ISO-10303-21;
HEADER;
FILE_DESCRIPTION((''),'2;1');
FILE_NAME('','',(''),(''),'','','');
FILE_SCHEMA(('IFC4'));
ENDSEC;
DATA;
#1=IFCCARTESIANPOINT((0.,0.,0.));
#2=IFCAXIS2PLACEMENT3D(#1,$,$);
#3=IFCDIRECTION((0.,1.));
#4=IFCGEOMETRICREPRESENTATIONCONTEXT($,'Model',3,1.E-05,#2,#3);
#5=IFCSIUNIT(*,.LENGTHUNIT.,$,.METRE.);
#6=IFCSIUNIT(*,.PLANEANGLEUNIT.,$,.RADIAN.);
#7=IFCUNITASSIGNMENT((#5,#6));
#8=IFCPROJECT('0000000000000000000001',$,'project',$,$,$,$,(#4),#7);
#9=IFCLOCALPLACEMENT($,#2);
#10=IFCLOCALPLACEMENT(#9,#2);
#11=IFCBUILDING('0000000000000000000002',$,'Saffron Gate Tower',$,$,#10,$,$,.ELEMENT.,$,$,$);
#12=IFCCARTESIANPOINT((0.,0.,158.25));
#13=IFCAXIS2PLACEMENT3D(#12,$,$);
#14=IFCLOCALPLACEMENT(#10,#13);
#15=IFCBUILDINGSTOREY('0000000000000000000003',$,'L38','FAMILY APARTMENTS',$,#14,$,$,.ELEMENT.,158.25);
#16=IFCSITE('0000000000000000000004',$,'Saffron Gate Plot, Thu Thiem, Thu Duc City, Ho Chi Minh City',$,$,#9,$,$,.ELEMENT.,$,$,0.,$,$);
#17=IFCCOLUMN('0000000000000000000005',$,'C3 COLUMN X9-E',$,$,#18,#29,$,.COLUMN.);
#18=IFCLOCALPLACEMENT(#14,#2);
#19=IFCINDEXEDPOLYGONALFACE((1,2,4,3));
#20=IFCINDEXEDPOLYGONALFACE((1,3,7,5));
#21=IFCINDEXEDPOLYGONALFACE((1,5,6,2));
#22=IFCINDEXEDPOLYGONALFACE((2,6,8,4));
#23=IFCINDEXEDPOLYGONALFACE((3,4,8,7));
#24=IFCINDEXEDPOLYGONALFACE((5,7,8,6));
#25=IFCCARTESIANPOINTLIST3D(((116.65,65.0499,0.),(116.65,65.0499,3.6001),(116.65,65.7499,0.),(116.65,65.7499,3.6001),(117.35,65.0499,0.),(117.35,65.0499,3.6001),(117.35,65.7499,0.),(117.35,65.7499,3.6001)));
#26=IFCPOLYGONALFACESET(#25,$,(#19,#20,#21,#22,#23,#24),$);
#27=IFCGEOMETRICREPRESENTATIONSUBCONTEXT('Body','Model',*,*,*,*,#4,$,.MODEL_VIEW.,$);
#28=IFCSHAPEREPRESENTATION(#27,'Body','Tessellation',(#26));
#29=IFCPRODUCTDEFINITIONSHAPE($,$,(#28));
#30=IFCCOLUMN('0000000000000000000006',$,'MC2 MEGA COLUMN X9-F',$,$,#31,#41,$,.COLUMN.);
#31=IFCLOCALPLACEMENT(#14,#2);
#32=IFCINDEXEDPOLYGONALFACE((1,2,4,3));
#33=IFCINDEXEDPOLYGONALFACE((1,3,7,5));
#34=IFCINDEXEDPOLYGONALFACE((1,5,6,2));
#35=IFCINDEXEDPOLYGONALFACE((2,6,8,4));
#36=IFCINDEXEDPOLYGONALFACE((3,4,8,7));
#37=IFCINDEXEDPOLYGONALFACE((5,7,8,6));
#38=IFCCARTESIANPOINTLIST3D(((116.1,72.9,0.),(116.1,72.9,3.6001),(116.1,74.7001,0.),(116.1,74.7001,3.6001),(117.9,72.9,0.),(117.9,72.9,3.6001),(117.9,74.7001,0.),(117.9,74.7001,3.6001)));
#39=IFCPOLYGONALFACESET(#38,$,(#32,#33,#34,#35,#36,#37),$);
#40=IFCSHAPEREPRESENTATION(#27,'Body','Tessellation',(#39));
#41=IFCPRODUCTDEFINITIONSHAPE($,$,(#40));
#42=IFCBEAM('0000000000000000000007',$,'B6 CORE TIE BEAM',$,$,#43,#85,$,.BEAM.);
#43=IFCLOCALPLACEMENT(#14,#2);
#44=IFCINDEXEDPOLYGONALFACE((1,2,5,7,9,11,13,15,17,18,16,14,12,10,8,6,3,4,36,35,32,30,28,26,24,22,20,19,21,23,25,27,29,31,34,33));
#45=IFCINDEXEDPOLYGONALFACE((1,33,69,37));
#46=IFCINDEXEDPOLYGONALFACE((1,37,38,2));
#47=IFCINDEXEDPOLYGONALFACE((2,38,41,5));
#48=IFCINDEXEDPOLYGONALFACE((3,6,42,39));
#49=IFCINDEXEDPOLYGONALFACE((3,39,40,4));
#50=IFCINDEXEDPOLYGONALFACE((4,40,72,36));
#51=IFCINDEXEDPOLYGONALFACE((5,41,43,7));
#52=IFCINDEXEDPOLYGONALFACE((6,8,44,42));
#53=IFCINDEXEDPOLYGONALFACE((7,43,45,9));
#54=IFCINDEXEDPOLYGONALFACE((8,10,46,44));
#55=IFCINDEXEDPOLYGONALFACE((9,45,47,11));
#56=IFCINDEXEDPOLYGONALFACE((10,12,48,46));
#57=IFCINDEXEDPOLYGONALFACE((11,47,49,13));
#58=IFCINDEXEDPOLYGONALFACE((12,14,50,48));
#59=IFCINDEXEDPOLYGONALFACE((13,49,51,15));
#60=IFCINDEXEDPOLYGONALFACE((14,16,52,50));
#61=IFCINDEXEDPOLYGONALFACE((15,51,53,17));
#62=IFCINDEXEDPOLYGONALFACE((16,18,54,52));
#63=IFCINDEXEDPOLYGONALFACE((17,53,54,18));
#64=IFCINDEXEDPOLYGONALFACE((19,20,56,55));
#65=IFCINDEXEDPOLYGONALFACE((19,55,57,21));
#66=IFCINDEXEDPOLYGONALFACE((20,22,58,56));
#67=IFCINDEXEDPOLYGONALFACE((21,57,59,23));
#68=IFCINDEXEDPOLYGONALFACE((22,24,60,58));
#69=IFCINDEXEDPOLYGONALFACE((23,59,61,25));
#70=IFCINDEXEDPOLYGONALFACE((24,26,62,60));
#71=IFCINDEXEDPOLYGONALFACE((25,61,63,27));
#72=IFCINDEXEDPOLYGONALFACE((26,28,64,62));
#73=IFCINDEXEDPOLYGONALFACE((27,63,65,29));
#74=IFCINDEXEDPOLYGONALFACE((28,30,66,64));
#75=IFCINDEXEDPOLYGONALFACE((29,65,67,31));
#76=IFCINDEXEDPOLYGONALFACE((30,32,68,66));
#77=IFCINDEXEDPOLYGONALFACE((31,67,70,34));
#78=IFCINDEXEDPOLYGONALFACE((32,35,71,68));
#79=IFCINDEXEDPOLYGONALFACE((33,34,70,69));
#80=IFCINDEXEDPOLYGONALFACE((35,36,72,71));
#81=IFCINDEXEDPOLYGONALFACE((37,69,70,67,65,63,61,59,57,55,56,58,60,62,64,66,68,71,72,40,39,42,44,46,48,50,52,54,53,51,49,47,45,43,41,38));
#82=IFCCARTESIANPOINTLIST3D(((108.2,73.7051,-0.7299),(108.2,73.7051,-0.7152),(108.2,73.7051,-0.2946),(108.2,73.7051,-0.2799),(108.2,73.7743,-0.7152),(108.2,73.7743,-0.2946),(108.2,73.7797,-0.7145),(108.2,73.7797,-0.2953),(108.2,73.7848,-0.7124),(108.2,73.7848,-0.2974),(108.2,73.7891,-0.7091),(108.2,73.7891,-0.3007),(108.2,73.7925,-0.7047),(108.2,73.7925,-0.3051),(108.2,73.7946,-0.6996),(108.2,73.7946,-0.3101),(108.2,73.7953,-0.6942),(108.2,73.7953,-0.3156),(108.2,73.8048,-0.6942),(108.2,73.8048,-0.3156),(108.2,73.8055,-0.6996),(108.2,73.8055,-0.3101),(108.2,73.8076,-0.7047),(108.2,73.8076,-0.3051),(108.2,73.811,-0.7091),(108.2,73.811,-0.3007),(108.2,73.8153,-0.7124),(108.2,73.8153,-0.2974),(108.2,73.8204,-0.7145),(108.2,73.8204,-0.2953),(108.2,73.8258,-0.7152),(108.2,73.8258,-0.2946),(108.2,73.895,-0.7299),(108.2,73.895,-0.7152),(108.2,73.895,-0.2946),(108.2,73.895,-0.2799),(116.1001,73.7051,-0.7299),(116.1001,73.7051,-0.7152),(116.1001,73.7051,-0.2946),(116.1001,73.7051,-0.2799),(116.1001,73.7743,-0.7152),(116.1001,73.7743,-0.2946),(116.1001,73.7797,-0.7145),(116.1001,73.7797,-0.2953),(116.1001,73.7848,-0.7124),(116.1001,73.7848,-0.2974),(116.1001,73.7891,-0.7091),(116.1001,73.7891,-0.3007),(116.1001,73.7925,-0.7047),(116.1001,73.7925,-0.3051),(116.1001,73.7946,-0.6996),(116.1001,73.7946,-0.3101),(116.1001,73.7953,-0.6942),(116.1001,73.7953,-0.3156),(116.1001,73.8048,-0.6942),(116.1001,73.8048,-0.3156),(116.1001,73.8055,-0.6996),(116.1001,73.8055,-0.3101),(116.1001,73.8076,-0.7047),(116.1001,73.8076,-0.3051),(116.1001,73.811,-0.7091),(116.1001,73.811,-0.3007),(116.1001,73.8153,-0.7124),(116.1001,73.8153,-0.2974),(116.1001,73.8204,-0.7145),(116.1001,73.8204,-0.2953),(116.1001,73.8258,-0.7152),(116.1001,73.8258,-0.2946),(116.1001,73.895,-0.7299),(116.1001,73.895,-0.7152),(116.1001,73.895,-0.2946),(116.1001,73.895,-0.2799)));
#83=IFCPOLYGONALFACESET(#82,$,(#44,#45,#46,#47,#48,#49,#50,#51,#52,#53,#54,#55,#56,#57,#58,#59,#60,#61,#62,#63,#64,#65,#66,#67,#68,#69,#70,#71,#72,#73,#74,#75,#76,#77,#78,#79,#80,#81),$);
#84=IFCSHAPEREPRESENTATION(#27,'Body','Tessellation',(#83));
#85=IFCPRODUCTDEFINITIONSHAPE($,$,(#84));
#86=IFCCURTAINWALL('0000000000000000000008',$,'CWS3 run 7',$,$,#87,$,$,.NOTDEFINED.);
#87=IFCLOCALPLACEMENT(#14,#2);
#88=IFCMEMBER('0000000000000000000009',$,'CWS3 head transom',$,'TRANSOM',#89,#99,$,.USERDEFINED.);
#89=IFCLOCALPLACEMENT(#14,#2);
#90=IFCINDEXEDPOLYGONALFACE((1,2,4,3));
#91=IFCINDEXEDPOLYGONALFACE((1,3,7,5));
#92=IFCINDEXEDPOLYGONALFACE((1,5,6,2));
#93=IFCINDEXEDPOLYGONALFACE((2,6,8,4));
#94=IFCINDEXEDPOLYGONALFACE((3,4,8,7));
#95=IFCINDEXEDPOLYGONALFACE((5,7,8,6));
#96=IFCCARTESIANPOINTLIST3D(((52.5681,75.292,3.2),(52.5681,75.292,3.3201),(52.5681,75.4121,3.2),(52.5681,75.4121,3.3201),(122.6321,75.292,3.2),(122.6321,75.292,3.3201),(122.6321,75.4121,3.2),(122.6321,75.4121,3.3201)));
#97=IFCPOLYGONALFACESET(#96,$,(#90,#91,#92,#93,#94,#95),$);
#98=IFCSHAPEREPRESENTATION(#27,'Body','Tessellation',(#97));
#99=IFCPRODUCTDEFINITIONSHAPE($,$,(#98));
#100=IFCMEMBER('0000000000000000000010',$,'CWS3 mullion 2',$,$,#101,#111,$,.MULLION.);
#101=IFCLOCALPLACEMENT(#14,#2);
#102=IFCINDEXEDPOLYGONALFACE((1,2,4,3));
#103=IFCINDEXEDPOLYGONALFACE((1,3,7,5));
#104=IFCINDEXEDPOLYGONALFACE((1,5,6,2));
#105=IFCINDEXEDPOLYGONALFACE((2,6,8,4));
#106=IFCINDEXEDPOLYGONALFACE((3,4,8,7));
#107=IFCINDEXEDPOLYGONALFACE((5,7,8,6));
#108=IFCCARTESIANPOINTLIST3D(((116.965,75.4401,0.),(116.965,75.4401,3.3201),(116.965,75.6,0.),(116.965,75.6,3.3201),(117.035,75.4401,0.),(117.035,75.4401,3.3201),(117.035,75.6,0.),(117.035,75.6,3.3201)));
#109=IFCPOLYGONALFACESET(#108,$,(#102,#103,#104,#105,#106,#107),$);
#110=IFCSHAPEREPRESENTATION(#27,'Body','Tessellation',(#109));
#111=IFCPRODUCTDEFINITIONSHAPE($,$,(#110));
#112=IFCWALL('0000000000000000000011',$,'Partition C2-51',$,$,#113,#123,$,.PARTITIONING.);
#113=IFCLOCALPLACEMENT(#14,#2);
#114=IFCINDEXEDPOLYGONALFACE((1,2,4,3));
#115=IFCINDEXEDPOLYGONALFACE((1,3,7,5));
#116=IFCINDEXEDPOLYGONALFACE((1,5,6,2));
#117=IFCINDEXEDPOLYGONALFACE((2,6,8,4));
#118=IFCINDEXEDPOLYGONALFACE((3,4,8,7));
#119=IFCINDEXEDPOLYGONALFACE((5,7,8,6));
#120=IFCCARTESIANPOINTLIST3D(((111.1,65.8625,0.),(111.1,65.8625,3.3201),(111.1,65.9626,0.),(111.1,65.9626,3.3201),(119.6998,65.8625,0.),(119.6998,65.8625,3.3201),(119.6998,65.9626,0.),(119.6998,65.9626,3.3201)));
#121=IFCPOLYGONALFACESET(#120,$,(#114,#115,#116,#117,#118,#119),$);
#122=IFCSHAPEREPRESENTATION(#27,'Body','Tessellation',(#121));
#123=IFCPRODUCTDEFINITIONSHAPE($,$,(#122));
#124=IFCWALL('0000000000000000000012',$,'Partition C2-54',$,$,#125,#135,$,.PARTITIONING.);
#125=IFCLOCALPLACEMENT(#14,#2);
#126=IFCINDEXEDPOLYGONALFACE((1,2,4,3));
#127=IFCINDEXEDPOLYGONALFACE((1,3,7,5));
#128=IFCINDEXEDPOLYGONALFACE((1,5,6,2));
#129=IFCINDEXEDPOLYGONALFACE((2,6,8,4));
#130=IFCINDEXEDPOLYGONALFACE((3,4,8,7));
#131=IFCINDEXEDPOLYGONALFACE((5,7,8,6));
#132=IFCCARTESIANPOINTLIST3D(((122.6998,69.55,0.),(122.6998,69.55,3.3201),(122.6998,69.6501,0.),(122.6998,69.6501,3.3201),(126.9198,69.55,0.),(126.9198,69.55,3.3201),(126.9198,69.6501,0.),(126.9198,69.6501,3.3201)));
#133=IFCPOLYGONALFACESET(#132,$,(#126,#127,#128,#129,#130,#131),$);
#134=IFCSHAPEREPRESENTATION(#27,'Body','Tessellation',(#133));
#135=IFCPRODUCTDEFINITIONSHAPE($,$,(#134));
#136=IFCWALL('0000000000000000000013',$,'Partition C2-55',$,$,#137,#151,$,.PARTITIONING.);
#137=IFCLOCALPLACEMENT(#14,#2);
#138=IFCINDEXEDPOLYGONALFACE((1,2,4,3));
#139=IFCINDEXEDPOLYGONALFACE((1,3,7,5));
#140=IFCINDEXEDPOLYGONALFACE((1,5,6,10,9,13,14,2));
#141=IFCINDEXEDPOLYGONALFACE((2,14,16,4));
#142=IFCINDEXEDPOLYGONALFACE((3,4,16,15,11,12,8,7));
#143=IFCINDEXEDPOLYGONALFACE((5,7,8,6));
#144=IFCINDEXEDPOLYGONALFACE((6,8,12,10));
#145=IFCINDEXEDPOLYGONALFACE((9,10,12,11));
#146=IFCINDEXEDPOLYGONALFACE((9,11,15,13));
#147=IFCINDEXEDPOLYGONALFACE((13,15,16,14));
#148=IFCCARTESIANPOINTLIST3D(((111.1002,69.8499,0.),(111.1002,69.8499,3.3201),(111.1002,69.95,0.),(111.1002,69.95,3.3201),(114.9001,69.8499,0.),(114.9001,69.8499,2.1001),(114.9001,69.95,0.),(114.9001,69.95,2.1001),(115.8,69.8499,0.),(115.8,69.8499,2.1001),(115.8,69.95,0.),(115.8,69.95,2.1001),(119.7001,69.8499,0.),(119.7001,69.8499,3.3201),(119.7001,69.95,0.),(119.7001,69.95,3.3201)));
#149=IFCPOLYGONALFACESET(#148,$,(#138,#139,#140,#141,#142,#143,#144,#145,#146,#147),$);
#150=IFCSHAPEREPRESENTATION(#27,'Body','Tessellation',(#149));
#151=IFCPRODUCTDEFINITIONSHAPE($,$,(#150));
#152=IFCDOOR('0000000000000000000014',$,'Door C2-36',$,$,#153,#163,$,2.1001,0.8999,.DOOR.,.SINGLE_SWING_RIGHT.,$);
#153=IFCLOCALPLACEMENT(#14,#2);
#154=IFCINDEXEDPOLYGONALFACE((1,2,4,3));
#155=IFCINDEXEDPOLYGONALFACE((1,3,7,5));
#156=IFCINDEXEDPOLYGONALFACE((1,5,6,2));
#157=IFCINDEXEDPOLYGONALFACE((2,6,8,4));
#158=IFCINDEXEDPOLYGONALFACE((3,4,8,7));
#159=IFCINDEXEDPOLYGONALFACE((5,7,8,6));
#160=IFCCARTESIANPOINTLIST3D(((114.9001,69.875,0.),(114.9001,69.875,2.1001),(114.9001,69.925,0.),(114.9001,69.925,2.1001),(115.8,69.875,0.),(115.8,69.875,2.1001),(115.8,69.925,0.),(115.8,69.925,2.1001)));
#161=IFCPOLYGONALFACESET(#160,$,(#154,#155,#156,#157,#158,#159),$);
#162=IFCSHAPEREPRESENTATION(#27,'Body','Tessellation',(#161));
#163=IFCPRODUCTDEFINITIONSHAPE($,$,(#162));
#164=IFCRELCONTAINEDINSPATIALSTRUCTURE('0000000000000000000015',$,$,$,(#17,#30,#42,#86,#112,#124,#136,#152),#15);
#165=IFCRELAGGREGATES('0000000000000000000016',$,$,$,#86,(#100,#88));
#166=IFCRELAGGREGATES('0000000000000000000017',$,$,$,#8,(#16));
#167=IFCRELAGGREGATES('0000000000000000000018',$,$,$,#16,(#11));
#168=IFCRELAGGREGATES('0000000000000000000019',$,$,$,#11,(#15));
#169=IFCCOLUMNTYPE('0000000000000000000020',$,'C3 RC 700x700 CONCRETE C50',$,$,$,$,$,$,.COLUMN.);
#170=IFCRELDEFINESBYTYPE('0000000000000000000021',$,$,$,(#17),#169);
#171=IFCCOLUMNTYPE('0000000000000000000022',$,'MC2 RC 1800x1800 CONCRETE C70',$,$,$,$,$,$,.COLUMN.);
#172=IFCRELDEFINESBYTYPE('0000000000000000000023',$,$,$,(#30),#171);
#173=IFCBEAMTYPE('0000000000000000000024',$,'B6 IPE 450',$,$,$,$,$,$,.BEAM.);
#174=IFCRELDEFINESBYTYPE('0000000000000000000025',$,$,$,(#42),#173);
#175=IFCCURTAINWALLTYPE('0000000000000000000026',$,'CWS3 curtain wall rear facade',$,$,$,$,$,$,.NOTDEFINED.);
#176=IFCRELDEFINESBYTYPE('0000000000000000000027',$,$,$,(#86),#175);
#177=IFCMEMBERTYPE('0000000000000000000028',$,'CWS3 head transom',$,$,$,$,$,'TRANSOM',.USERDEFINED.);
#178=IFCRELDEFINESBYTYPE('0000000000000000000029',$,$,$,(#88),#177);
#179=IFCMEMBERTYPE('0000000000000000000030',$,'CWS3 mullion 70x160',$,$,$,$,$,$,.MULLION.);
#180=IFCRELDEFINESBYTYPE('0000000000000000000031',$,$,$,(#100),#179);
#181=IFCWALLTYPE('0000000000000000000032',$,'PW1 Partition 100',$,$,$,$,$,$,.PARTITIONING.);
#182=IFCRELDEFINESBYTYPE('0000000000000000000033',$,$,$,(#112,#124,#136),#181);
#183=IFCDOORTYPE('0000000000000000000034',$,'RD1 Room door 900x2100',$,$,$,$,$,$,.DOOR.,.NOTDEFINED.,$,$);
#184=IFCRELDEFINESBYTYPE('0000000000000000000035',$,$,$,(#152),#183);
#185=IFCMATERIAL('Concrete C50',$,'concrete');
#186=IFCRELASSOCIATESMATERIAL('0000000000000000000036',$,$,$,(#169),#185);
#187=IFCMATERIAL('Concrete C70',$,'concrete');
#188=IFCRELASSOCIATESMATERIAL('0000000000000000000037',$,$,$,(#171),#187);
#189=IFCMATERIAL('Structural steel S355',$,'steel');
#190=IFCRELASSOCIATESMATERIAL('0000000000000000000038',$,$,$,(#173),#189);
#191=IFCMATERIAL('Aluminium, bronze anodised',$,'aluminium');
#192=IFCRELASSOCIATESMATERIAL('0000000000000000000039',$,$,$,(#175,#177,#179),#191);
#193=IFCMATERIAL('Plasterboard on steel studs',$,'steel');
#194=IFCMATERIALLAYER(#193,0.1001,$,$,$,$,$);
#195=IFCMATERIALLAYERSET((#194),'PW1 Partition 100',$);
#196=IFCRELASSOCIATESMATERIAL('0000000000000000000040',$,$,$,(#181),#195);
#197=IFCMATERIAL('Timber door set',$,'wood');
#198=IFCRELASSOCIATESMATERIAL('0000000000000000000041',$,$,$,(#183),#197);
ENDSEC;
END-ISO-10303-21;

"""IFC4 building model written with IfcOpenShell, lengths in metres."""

from ifc_helpers import new_model, si_unit, direction, frame, frame_2d, origin, origin_2d, place, context, subcontext, project, spatial, rectangle, i_section, extrude, material, layer, layer_set, material_profile, profile_set, type_object, element, fill, aggregate, save


model = new_model("IFC4")

# Units and contexts
model_context = context("Model", 3, precision=1e-05, world=origin(), true_north=direction((0.0, 1.0)))
body_context = subcontext(model_context, "Body", "Model", "MODEL_VIEW")
ifc_project = project(units=[si_unit("LENGTHUNIT", "METRE"), si_unit("PLANEANGLEUNIT", "RADIAN")], contexts=[model_context])

# Site, building, storey
site_placement = place(None, origin())
site = spatial("IfcSite", under=ifc_project, at=site_placement, Name="Saffron Gate Plot, Thu Thiem, Thu Duc City, Ho Chi Minh City", CompositionType="ELEMENT", RefElevation=0.0)
building_placement = place(site_placement, origin())
building = spatial("IfcBuilding", under=site, at=building_placement, Name="Saffron Gate Tower", CompositionType="ELEMENT")
storey_placement = place(building_placement, frame((0.0, 0.0, 158.25)))
storey = spatial("IfcBuildingStorey", under=building, at=storey_placement, Name="L38", Description="FAMILY APARTMENTS", CompositionType="ELEMENT", Elevation=158.25)

# Columns
ifc_material_1 = material(Name="Concrete C50", Category="concrete")
ifc_material_profile_1 = material_profile(ifc_material_1, rectangle(XDim=0.7, YDim=0.7, at=origin_2d()))
ifc_profile_set_1 = profile_set([ifc_material_profile_1], Name="Concrete C50")
column_type_1 = type_object("IfcColumnType", Name="C3 RC 700x700 CONCRETE C50", PredefinedType="COLUMN", material=ifc_profile_set_1)
column_1_placement = place(storey_placement, frame((117.0, 65.3999, 0.0), z_axis=(0.0, 0.0, 1.0), x_axis=(1.0, 0.0, 0.0)))
element("IfcColumn", 1, at=column_1_placement, inside=storey, type_object=column_type_1, Name="C3 COLUMN X9-E", PredefinedType="COLUMN", context=body_context, shape_type="SweptSolid", body=[
    extrude(rectangle(XDim=0.7, YDim=0.7, at=origin_2d()), origin(), (0.0, 0.0, 1.0), 3.6001),
])
ifc_material_2 = material(Name="Concrete C70", Category="concrete")
ifc_material_profile_2 = material_profile(ifc_material_2, rectangle(XDim=1.8, YDim=1.8, at=origin_2d()))
ifc_profile_set_2 = profile_set([ifc_material_profile_2], Name="Concrete C70")
column_type_2 = type_object("IfcColumnType", Name="MC2 RC 1800x1800 CONCRETE C70", PredefinedType="COLUMN", material=ifc_profile_set_2)
column_2_placement = place(storey_placement, frame((117.0, 73.8, 0.0), z_axis=(0.0, 0.0, 1.0), x_axis=(1.0, 0.0, 0.0)))
element("IfcColumn", 2, at=column_2_placement, inside=storey, type_object=column_type_2, Name="MC2 MEGA COLUMN X9-F", PredefinedType="COLUMN", context=body_context, shape_type="SweptSolid", body=[
    extrude(rectangle(XDim=1.8, YDim=1.8, at=origin_2d()), origin(), (0.0, 0.0, 1.0), 3.6001),
])

# Beam
ifc_material_3 = material(Name="Structural steel S355", Category="steel")
ifc_material_profile_3 = material_profile(ifc_material_3, i_section(OverallWidth=0.1899, OverallDepth=0.45, WebThickness=0.0095, FlangeThickness=0.0146, FilletRadius=0.021, at=origin_2d()))
ifc_profile_set_3 = profile_set([ifc_material_profile_3], Name="Structural steel S355")
beam_type = type_object("IfcBeamType", Name="B6 IPE 450", PredefinedType="BEAM", material=ifc_profile_set_3)
beam_placement = place(storey_placement, frame((116.1001, 73.8, -0.5049), z_axis=(-1.0, 0.0, 0.0), x_axis=(0.0, -1.0, 0.0)))
element("IfcBeam", 3, at=beam_placement, inside=storey, type_object=beam_type, Name="B6 CORE TIE BEAM", PredefinedType="BEAM", context=body_context, shape_type="SweptSolid", body=[
    extrude(i_section(OverallWidth=0.1899, OverallDepth=0.45, WebThickness=0.0095, FlangeThickness=0.0146, FilletRadius=0.021, at=origin_2d()), origin(), (0.0, 0.0, 1.0), 7.9001),
])

# Curtain wall, members
ifc_material_4 = material(Name="Aluminium, bronze anodised", Category="aluminium")
curtain_wall_type = type_object("IfcCurtainWallType", Name="CWS3 curtain wall rear facade", PredefinedType="NOTDEFINED", material=ifc_material_4)
curtain_wall_placement = place(storey_placement, origin())
curtain_wall = element("IfcCurtainWall", 4, at=curtain_wall_placement, inside=storey, type_object=curtain_wall_type, Name="CWS3 run 7", PredefinedType="NOTDEFINED")
ifc_material_profile_4 = material_profile(ifc_material_4, rectangle(XDim=0.1201, YDim=0.1201, at=origin_2d()))
ifc_profile_set_4 = profile_set([ifc_material_profile_4], Name="Aluminium, bronze anodised")
member_type_1 = type_object("IfcMemberType", Name="CWS3 head transom", ElementType="TRANSOM", PredefinedType="USERDEFINED", material=ifc_profile_set_4)
member_1_placement = place(storey_placement, frame((122.6321, 75.3521, 3.26), z_axis=(-1.0, 0.0, 0.0), x_axis=(0.0, -1.0, 0.0)))
member_1 = element("IfcMember", 5, at=member_1_placement, type_object=member_type_1, Name="CWS3 head transom", ObjectType="TRANSOM", PredefinedType="USERDEFINED", context=body_context, shape_type="SweptSolid", body=[
    extrude(rectangle(XDim=0.1201, YDim=0.1201, at=origin_2d()), origin(), (0.0, 0.0, 1.0), 70.064),
])
ifc_material_profile_5 = material_profile(ifc_material_4, rectangle(XDim=0.1599, YDim=0.0701, at=origin_2d()))
ifc_profile_set_5 = profile_set([ifc_material_profile_5], Name="Aluminium, bronze anodised")
member_type_2 = type_object("IfcMemberType", Name="CWS3 mullion 70x160", PredefinedType="MULLION", material=ifc_profile_set_5)
member_2_placement = place(storey_placement, frame((117.0, 75.52, 0.0), z_axis=(0.0, 0.0, 1.0), x_axis=(0.0, -1.0, 0.0)))
member_2 = element("IfcMember", 6, at=member_2_placement, type_object=member_type_2, Name="CWS3 mullion 2", PredefinedType="MULLION", context=body_context, shape_type="SweptSolid", body=[
    extrude(rectangle(XDim=0.1599, YDim=0.0701, at=origin_2d()), origin(), (0.0, 0.0, 1.0), 3.3201),
])
aggregate(curtain_wall, [member_2, member_1])

# Walls
ifc_material_5 = material(Name="Plasterboard on steel studs", Category="steel")
ifc_layer = layer(ifc_material_5, 0.1001)
ifc_layer_set = layer_set([ifc_layer], Name="PW1 Partition 100")
wall_type = type_object("IfcWallType", Name="PW1 Partition 100", PredefinedType="PARTITIONING", material=ifc_layer_set)
wall_1_placement = place(storey_placement, frame((111.1001, 65.9126, 0.0), z_axis=(0.0, 0.0, 1.0), x_axis=(1.0, 0.0, 0.0)))
element("IfcWall", 7, at=wall_1_placement, inside=storey, type_object=wall_type, Name="Partition C2-51", PredefinedType="PARTITIONING", context=body_context, shape_type="SweptSolid", body=[
    extrude(rectangle(XDim=8.5999, YDim=0.1001, at=frame_2d((4.2998, 0.0))), origin(), (0.0, 0.0, 1.0), 3.3201),
])
wall_2_placement = place(storey_placement, frame((122.7, 69.6001, 0.0), z_axis=(0.0, 0.0, 1.0), x_axis=(1.0, 0.0, 0.0)))
element("IfcWall", 8, at=wall_2_placement, inside=storey, type_object=wall_type, Name="Partition C2-54", PredefinedType="PARTITIONING", context=body_context, shape_type="SweptSolid", body=[
    extrude(rectangle(XDim=4.22, YDim=0.1001, at=frame_2d((2.1099, 0.0))), origin(), (0.0, 0.0, 1.0), 3.3201),
])

# Wall, opening, door
wall_3_placement = place(storey_placement, frame((119.7, 69.8999, 0.0), z_axis=(0.0, 0.0, 1.0), x_axis=(-1.0, 0.0, 0.0)))
wall_3 = element("IfcWall", 9, at=wall_3_placement, inside=storey, type_object=wall_type, Name="Partition C2-55", PredefinedType="PARTITIONING", context=body_context, shape_type="SweptSolid", body=[
    extrude(rectangle(XDim=8.5999, YDim=0.1001, at=frame_2d((4.2998, 0.0))), origin(), (0.0, 0.0, 1.0), 3.3201),
])
opening_1_placement = place(wall_3_placement, frame((3.8999, 0.0, 0.0)))
opening_1 = element("IfcOpeningElement", 10, at=opening_1_placement, cuts=wall_3, PredefinedType="OPENING", context=body_context, shape_type="SweptSolid", body=[
    extrude(rectangle(XDim=0.8999, YDim=2.1001, at=frame_2d((0.45, 1.05))), frame((0.0, 0.0601, 0.0), z_axis=(0.0, -1.0, 0.0), x_axis=(1.0, 0.0, 0.0)), (0.0, 0.0, 1.0), 0.1201),
])
ifc_material_6 = material(Name="Timber door set", Category="wood")
door_type_1 = type_object("IfcDoorType", Name="RD1 Room door 900x2100", OperationType="NOTDEFINED", PredefinedType="DOOR", material=ifc_material_6)
door_1_placement = place(opening_1_placement, origin())
door_1 = element("IfcDoor", 11, at=door_1_placement, inside=storey, type_object=door_type_1, Name="Door C2-36", OperationType="SINGLE_SWING_RIGHT", OverallHeight=2.1001, OverallWidth=0.8999, PredefinedType="DOOR", context=body_context, shape_type="SweptSolid", body=[
    extrude(rectangle(XDim=0.8999, YDim=2.1001, at=frame_2d((0.45, 1.05))), frame((0.0, 0.0249, 0.0), z_axis=(0.0, -1.0, 0.0), x_axis=(1.0, 0.0, 0.0)), (0.0, 0.0, 1.0), 0.05),
])
fill(opening_1, door_1)

save(model, "model.ifc")
